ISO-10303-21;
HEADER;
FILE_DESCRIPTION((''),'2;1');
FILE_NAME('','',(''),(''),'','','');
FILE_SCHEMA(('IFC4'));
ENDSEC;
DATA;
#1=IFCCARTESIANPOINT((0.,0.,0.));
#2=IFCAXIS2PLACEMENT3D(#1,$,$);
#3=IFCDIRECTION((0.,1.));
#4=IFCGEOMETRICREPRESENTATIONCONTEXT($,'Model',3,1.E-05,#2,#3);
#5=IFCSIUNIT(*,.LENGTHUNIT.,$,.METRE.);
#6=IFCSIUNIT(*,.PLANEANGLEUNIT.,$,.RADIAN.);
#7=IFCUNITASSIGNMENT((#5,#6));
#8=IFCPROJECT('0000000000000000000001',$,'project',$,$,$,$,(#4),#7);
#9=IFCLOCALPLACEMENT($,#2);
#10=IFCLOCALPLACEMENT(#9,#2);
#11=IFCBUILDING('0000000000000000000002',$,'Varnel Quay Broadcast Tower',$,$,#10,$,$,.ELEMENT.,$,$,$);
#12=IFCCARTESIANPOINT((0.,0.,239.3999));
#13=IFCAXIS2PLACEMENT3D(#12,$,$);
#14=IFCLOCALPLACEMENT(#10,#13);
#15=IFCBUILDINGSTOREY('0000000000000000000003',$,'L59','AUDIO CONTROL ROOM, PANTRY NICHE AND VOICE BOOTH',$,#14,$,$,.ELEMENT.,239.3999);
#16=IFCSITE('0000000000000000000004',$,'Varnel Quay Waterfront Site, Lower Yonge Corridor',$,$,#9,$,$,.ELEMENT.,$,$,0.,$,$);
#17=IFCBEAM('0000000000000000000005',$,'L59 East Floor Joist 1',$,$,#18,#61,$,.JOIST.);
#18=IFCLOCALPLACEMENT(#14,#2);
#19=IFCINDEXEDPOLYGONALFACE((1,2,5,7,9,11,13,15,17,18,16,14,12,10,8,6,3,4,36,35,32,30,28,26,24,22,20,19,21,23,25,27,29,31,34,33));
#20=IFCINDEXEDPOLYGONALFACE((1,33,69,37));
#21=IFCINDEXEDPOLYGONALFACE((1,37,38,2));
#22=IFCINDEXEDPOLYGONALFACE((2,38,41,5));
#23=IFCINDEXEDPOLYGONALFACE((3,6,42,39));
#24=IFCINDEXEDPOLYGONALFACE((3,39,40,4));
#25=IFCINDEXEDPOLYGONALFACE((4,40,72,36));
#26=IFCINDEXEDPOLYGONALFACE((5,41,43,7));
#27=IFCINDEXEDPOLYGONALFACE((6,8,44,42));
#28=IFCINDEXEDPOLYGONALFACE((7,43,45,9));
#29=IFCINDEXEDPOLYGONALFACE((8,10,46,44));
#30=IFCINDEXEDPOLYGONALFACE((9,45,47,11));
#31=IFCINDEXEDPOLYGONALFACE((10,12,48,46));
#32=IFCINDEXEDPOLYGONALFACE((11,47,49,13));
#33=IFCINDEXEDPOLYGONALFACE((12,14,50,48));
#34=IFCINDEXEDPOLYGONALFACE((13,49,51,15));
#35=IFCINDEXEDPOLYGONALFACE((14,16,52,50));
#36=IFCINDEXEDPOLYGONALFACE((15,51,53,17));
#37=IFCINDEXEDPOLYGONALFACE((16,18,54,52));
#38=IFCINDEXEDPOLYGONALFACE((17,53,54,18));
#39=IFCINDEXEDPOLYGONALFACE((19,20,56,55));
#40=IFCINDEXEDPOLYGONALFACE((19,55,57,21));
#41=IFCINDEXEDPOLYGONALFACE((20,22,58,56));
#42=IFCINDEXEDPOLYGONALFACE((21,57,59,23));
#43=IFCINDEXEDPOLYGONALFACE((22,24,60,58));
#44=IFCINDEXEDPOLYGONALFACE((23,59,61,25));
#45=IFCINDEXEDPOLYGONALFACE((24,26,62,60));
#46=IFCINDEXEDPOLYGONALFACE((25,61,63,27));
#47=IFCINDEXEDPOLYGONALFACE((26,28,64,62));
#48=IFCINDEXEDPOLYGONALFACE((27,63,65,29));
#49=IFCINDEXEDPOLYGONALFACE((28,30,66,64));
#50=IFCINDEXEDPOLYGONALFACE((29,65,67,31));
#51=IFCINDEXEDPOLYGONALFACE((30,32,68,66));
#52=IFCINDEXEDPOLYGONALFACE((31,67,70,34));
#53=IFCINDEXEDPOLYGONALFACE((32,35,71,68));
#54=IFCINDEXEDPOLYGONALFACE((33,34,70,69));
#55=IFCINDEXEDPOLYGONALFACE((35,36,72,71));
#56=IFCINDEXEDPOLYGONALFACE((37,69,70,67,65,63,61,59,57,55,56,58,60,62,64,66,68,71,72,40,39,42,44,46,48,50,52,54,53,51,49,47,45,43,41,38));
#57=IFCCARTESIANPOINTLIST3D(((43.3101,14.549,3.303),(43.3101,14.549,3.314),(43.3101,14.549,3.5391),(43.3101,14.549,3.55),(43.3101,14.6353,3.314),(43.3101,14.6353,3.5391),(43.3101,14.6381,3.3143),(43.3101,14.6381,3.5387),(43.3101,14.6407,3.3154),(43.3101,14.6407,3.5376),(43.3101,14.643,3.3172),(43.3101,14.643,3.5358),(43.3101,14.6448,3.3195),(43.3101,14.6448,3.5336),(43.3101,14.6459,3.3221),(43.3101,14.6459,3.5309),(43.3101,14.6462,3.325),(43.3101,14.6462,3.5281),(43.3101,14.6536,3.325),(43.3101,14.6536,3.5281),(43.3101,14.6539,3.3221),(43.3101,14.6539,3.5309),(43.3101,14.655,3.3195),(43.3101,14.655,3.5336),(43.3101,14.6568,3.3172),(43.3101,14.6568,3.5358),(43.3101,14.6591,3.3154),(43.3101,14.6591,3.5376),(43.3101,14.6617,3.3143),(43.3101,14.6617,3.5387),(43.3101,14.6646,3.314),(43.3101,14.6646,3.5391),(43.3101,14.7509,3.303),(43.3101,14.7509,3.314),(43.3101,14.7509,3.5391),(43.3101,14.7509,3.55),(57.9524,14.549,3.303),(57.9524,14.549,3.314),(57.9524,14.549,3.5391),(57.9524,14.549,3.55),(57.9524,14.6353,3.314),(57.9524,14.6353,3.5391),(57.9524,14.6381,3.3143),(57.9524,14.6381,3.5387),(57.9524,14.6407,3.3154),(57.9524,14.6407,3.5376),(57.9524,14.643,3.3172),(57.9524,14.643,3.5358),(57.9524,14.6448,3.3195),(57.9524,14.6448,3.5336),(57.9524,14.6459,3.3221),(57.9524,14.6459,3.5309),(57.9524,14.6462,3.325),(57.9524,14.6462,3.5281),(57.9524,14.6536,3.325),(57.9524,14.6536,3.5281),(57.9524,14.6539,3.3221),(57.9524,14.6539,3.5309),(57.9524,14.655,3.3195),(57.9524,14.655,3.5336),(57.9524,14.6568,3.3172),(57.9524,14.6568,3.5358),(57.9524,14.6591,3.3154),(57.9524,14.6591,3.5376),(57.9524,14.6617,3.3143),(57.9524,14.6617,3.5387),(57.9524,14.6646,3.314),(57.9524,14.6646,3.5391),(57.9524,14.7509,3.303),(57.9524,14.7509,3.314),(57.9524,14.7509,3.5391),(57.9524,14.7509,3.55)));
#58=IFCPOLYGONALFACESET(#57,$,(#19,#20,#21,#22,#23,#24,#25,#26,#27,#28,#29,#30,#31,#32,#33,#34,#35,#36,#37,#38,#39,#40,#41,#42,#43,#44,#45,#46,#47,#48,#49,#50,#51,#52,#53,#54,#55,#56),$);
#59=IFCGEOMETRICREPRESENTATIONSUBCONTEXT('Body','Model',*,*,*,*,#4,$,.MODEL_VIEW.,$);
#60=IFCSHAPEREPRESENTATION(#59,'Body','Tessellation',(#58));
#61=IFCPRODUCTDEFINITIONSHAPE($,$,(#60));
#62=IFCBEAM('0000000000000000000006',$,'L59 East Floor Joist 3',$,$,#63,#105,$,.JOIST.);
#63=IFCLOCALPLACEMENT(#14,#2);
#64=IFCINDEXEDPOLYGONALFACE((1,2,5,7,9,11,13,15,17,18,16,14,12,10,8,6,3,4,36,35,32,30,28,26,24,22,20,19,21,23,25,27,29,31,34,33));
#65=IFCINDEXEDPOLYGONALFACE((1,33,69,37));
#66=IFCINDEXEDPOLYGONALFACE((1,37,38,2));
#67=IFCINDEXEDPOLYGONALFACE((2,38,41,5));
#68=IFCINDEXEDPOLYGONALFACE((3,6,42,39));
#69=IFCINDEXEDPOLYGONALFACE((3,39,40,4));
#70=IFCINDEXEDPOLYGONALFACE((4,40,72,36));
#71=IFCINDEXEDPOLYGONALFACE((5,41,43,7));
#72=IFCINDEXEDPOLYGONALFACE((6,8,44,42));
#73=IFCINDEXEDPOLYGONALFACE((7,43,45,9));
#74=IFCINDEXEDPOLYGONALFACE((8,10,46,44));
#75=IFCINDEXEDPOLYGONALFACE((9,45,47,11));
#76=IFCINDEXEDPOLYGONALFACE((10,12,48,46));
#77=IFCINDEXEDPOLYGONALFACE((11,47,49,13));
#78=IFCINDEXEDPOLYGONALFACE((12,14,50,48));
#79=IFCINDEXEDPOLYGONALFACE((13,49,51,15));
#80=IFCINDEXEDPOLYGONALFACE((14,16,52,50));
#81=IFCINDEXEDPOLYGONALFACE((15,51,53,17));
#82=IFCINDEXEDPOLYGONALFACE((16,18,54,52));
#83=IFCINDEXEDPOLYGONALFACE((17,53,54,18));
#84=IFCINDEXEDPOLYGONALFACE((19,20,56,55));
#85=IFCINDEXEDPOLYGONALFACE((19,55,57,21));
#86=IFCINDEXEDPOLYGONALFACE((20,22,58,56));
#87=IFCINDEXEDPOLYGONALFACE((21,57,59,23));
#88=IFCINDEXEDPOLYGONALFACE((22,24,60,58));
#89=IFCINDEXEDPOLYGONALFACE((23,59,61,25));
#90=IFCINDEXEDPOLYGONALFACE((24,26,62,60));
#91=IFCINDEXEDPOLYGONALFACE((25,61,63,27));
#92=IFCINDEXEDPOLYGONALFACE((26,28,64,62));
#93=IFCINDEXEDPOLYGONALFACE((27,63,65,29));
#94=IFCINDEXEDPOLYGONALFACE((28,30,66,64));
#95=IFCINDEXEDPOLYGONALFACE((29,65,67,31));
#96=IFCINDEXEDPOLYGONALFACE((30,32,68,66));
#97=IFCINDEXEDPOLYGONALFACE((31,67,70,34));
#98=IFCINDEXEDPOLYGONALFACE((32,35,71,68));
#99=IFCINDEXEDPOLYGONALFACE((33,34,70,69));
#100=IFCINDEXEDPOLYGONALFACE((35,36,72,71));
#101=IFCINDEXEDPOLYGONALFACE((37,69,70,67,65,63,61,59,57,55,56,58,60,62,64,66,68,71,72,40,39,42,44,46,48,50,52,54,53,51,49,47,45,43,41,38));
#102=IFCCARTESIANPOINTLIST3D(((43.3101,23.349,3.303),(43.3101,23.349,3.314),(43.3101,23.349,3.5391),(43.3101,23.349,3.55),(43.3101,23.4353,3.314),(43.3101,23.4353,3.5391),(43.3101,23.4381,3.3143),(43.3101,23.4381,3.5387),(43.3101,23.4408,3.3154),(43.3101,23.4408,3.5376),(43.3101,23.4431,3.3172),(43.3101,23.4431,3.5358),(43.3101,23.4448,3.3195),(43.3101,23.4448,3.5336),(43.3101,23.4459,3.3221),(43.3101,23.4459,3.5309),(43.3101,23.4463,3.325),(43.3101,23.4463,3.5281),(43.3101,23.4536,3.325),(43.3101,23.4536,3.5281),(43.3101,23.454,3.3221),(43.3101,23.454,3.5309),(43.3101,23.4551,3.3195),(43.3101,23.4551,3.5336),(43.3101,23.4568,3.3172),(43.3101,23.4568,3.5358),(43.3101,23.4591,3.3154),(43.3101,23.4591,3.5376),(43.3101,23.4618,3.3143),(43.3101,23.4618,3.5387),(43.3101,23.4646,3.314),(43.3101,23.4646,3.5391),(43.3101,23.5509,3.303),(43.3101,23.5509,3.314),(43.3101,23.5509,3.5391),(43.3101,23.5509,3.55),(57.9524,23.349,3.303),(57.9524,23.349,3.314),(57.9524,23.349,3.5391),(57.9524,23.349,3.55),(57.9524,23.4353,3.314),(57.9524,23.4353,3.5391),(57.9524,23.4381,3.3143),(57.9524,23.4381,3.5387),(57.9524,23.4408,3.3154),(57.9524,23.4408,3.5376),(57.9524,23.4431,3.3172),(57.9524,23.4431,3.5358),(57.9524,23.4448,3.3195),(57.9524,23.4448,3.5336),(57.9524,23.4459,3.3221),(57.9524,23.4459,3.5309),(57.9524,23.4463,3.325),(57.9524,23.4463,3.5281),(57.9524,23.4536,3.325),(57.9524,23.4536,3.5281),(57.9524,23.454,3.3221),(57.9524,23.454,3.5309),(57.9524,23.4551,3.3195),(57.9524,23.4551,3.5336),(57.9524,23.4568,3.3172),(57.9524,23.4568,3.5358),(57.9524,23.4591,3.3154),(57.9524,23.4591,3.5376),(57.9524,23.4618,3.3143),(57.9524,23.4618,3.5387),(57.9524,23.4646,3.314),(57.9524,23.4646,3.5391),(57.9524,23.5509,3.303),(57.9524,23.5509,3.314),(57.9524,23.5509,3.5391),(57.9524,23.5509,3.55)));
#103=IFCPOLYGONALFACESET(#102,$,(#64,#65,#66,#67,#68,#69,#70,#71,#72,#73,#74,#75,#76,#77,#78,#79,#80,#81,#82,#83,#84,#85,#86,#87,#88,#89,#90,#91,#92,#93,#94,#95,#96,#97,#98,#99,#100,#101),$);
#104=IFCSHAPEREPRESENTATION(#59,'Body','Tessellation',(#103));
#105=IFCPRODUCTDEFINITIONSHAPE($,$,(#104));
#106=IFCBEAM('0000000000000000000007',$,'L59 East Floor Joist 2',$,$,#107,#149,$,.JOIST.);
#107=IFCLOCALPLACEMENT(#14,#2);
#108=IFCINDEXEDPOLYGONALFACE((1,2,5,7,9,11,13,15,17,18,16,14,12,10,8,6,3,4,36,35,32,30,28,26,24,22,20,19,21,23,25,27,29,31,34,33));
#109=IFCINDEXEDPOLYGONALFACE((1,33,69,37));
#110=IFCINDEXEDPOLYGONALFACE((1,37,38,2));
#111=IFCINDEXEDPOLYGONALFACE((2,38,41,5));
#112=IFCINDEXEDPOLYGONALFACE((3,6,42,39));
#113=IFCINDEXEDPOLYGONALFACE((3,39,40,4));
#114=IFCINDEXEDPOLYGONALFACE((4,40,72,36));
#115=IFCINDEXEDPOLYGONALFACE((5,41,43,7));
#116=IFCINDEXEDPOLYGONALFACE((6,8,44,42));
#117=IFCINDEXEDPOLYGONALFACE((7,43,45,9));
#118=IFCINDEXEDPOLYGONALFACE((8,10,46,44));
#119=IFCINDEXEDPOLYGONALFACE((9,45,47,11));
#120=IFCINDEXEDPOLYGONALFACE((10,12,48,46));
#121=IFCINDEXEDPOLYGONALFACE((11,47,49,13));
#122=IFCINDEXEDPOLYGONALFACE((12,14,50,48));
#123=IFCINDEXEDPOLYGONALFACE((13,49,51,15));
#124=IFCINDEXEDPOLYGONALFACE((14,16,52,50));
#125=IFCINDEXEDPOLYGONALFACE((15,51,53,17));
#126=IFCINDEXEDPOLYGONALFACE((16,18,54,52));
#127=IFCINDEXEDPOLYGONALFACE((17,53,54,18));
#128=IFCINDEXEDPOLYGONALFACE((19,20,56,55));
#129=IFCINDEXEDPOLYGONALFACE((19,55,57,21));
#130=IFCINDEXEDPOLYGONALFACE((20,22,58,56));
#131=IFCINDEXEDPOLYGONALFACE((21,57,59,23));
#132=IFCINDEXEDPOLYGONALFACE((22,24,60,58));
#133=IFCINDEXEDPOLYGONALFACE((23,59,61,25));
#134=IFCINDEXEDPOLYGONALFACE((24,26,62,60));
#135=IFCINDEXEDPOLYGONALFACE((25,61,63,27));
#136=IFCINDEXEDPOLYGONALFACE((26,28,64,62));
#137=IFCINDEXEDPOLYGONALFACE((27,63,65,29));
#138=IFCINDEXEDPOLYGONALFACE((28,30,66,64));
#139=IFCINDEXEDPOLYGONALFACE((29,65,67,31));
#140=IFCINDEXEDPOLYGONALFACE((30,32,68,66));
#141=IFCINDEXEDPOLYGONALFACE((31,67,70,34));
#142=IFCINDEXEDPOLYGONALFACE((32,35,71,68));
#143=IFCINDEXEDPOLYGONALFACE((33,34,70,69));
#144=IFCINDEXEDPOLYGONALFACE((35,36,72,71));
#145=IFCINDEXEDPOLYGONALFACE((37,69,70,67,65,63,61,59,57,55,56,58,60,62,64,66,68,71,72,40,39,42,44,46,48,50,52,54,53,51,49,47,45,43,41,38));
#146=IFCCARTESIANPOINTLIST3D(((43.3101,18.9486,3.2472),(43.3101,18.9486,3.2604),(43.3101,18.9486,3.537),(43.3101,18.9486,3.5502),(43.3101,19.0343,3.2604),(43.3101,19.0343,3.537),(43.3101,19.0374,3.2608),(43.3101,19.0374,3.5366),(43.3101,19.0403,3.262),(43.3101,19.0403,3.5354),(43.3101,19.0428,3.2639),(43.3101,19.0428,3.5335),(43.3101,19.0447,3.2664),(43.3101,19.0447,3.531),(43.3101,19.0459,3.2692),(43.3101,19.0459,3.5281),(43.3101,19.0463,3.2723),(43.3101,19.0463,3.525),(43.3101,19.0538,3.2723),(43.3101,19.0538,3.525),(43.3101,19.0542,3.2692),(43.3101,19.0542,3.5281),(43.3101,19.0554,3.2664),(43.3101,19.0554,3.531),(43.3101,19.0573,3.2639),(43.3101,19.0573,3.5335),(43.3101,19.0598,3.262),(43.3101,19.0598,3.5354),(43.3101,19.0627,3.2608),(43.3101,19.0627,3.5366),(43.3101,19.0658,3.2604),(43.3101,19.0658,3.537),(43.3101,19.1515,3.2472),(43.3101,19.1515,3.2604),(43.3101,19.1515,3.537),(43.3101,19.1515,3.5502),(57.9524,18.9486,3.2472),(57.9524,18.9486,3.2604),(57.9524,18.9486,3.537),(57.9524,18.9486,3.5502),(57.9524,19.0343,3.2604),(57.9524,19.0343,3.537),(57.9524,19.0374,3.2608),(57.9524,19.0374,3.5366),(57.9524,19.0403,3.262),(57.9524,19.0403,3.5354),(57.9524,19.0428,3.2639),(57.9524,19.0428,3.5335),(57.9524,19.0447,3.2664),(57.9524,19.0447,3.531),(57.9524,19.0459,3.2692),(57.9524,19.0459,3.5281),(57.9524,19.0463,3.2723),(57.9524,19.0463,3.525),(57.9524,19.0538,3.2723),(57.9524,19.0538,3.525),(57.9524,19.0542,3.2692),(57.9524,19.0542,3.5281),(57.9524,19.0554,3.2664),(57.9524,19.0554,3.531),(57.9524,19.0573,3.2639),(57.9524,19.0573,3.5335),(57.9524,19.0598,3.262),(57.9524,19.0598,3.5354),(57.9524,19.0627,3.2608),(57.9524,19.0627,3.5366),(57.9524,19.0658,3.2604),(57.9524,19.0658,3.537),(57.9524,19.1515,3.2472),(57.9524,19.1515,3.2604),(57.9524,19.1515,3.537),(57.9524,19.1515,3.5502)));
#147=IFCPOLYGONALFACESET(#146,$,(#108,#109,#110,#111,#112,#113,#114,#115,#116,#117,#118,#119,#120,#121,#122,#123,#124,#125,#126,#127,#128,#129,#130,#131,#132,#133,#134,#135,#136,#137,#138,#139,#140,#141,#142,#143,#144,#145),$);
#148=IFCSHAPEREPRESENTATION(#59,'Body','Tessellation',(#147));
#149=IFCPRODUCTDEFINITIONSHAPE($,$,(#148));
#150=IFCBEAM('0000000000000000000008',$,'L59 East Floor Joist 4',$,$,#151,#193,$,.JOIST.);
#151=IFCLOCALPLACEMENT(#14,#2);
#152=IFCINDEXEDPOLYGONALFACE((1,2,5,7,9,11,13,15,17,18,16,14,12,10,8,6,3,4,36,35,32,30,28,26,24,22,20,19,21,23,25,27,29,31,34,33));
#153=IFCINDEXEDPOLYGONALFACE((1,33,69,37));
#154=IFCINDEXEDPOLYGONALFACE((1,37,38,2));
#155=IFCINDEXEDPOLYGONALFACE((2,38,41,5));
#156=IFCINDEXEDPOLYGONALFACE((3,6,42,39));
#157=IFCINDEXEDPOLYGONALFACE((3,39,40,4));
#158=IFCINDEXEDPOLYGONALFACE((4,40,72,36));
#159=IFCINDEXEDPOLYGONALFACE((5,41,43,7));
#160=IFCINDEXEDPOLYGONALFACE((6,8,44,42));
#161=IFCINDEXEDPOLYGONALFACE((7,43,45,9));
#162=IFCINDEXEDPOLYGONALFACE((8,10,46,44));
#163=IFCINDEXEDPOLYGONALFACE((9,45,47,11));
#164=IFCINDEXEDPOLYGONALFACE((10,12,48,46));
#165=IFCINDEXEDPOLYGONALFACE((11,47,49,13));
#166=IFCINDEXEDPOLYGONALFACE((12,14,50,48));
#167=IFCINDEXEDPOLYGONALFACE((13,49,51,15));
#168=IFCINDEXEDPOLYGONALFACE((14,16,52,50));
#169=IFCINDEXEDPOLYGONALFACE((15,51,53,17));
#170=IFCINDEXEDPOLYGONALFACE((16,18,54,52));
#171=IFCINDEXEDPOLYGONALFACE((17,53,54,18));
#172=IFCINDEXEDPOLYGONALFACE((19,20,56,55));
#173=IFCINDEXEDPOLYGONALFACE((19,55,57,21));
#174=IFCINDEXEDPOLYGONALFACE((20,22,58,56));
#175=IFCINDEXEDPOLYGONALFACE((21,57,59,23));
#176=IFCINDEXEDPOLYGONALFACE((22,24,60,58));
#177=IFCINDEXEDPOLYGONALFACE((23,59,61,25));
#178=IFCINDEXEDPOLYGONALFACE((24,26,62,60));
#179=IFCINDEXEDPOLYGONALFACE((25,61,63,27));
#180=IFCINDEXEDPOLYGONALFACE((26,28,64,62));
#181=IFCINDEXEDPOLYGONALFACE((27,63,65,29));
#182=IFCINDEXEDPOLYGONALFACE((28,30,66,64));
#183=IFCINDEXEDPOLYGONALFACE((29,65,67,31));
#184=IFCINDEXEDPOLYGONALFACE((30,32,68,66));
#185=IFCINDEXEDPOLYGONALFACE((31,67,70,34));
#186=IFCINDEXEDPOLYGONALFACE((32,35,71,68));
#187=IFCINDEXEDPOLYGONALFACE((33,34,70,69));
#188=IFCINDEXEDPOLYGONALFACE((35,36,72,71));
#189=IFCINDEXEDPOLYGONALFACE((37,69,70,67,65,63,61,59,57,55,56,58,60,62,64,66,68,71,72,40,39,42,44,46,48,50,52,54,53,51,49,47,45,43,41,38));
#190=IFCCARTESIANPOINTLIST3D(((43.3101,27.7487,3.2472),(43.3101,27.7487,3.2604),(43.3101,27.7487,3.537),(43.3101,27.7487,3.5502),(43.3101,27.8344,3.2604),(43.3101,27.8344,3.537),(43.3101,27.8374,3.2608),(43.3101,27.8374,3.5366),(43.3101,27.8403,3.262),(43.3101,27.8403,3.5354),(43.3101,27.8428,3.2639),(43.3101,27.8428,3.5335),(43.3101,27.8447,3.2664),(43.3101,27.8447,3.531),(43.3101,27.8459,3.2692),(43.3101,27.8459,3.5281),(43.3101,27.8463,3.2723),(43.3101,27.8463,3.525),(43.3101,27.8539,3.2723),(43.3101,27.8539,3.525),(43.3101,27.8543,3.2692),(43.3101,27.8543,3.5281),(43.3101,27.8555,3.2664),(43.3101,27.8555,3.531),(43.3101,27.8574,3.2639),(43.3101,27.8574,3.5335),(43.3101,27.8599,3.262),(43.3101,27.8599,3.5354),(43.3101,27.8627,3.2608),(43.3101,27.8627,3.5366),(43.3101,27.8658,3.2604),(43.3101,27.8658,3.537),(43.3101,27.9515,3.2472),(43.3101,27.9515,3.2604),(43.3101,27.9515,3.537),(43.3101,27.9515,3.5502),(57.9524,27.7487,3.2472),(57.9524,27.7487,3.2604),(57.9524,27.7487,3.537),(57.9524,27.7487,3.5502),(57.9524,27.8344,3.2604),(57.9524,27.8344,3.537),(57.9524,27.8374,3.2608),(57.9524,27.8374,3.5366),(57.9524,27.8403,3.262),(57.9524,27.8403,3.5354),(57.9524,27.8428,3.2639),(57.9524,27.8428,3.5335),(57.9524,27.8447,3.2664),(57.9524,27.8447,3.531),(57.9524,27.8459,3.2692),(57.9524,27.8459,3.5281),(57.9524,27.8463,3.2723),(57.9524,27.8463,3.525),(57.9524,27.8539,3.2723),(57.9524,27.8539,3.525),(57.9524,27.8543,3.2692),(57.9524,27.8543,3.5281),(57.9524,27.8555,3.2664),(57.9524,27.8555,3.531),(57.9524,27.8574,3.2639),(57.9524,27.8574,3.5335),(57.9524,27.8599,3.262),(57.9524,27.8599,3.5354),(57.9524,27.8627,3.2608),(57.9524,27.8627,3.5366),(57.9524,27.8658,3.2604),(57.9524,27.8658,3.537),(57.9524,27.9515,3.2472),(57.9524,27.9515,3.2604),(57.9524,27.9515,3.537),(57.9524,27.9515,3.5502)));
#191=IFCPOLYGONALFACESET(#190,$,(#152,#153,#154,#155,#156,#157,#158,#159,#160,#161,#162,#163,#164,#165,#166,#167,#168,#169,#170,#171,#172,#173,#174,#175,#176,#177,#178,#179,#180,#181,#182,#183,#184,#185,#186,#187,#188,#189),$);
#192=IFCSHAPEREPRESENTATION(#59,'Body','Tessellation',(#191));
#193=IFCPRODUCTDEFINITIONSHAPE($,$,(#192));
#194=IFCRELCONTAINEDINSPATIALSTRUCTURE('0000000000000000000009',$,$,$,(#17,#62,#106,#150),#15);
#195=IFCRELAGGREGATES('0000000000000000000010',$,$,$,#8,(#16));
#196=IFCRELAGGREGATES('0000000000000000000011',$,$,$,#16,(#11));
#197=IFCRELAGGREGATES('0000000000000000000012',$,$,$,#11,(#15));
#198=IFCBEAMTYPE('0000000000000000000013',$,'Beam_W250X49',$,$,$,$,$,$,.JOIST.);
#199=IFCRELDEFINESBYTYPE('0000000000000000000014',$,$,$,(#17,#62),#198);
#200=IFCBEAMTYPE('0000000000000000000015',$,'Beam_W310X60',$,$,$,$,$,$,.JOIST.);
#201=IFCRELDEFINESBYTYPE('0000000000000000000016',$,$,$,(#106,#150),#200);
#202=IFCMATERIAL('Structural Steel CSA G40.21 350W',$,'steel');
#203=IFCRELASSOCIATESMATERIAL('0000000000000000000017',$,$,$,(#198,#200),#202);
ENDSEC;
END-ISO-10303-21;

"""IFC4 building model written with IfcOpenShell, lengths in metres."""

from ifc_helpers import new_model, si_unit, direction, frame, origin, origin_2d, place, context, subcontext, project, spatial, i_section, extrude, source, transform, mapped, material, material_profile, profile_set, type_object, type_shapes, element, save


model = new_model("IFC4")

# Units and contexts
model_context = context("Model", 3, precision=1e-05, world=origin(), true_north=direction((0.0, 1.0)))
body_context = subcontext(model_context, "Body", "Model", "MODEL_VIEW")
ifc_project = project(units=[si_unit("LENGTHUNIT", "METRE"), si_unit("PLANEANGLEUNIT", "RADIAN")], contexts=[model_context])

# Site, building, storey
site_placement = place(None, origin())
site = spatial("IfcSite", under=ifc_project, at=site_placement, Name="Varnel Quay Waterfront Site, Lower Yonge Corridor", CompositionType="ELEMENT", RefElevation=0.0)
building_placement = place(site_placement, origin())
building = spatial("IfcBuilding", under=site, at=building_placement, Name="Varnel Quay Broadcast Tower", CompositionType="ELEMENT")
storey_placement = place(building_placement, frame((0.0, 0.0, 239.3999)))
storey = spatial("IfcBuildingStorey", under=building, at=storey_placement, Name="L59", Description="AUDIO CONTROL ROOM, PANTRY NICHE AND VOICE BOOTH", CompositionType="ELEMENT", Elevation=239.3999)

# Shared definitions
ifc_material_1 = material(Name="Structural Steel CSA G40.21 350W", Category="steel")

# Beams
ifc_material_profile_1 = material_profile(ifc_material_1, i_section(OverallWidth=0.2019, OverallDepth=0.2471, WebThickness=0.0073, FlangeThickness=0.011, FilletRadius=0.011, at=origin_2d()), Name="W250X49")
ifc_profile_set_1 = profile_set([ifc_material_profile_1], Name="Structural Steel CSA G40.21 350W")
beam_type_1 = type_object("IfcBeamType", Name="Beam_W250X49", PredefinedType="JOIST", material=ifc_profile_set_1)
shared_shape_1 = source(origin(), body_context, "Body", "SweptSolid", [
    extrude(i_section(OverallWidth=0.2019, OverallDepth=0.2471, WebThickness=0.0073, FlangeThickness=0.011, FilletRadius=0.011, at=origin_2d()), origin(), (0.0, 0.0, 1.0), 14.6423),
])
type_shapes(beam_type_1, [shared_shape_1])
for number, where, z_axis, x_axis, name in (
    (1, (43.3101, 14.6499, 3.4265), (1.0, 0.0, 0.0), (0.0, 1.0, 0.0), "L59 East Floor Joist 1"),
    (2, (43.3101, 23.45, 3.4265), (1.0, 0.0, 0.0), (0.0, 1.0, 0.0), "L59 East Floor Joist 3"),
):
    element("IfcBeam", number, at=place(storey_placement, frame(where, z_axis=z_axis, x_axis=x_axis)), inside=storey, type_object=beam_type_1, Name=name, PredefinedType="JOIST", context=body_context, shape_type="MappedRepresentation", body=[
        mapped(shared_shape_1, transform((0.0, 0.0, 0.0), x_axis=(1.0, 0.0, 0.0), y_axis=(0.0, 1.0, 0.0), z_axis=(0.0, 0.0, 1.0), scale=1.0)),
    ])
ifc_material_profile_2 = material_profile(ifc_material_1, i_section(OverallWidth=0.2029, OverallDepth=0.303, WebThickness=0.0076, FlangeThickness=0.0132, FilletRadius=0.012, at=origin_2d()), Name="W310X60")
ifc_profile_set_2 = profile_set([ifc_material_profile_2], Name="Structural Steel CSA G40.21 350W")
beam_type_2 = type_object("IfcBeamType", Name="Beam_W310X60", PredefinedType="JOIST", material=ifc_profile_set_2)
shared_shape_2 = source(origin(), body_context, "Body", "SweptSolid", [
    extrude(i_section(OverallWidth=0.2029, OverallDepth=0.303, WebThickness=0.0076, FlangeThickness=0.0132, FilletRadius=0.012, at=origin_2d()), origin(), (0.0, 0.0, 1.0), 14.6423),
])
type_shapes(beam_type_2, [shared_shape_2])
for number, where, z_axis, x_axis, name in (
    (3, (43.3101, 19.05, 3.3987), (1.0, 0.0, 0.0), (0.0, 1.0, 0.0), "L59 East Floor Joist 2"),
    (4, (43.3101, 27.8501, 3.3987), (1.0, 0.0, 0.0), (0.0, 1.0, 0.0), "L59 East Floor Joist 4"),
):
    element("IfcBeam", number, at=place(storey_placement, frame(where, z_axis=z_axis, x_axis=x_axis)), inside=storey, type_object=beam_type_2, Name=name, PredefinedType="JOIST", context=body_context, shape_type="MappedRepresentation", body=[
        mapped(shared_shape_2, transform((0.0, 0.0, 0.0), x_axis=(1.0, 0.0, 0.0), y_axis=(0.0, 1.0, 0.0), z_axis=(0.0, 0.0, 1.0), scale=1.0)),
    ])

save(model, "model.ifc")
